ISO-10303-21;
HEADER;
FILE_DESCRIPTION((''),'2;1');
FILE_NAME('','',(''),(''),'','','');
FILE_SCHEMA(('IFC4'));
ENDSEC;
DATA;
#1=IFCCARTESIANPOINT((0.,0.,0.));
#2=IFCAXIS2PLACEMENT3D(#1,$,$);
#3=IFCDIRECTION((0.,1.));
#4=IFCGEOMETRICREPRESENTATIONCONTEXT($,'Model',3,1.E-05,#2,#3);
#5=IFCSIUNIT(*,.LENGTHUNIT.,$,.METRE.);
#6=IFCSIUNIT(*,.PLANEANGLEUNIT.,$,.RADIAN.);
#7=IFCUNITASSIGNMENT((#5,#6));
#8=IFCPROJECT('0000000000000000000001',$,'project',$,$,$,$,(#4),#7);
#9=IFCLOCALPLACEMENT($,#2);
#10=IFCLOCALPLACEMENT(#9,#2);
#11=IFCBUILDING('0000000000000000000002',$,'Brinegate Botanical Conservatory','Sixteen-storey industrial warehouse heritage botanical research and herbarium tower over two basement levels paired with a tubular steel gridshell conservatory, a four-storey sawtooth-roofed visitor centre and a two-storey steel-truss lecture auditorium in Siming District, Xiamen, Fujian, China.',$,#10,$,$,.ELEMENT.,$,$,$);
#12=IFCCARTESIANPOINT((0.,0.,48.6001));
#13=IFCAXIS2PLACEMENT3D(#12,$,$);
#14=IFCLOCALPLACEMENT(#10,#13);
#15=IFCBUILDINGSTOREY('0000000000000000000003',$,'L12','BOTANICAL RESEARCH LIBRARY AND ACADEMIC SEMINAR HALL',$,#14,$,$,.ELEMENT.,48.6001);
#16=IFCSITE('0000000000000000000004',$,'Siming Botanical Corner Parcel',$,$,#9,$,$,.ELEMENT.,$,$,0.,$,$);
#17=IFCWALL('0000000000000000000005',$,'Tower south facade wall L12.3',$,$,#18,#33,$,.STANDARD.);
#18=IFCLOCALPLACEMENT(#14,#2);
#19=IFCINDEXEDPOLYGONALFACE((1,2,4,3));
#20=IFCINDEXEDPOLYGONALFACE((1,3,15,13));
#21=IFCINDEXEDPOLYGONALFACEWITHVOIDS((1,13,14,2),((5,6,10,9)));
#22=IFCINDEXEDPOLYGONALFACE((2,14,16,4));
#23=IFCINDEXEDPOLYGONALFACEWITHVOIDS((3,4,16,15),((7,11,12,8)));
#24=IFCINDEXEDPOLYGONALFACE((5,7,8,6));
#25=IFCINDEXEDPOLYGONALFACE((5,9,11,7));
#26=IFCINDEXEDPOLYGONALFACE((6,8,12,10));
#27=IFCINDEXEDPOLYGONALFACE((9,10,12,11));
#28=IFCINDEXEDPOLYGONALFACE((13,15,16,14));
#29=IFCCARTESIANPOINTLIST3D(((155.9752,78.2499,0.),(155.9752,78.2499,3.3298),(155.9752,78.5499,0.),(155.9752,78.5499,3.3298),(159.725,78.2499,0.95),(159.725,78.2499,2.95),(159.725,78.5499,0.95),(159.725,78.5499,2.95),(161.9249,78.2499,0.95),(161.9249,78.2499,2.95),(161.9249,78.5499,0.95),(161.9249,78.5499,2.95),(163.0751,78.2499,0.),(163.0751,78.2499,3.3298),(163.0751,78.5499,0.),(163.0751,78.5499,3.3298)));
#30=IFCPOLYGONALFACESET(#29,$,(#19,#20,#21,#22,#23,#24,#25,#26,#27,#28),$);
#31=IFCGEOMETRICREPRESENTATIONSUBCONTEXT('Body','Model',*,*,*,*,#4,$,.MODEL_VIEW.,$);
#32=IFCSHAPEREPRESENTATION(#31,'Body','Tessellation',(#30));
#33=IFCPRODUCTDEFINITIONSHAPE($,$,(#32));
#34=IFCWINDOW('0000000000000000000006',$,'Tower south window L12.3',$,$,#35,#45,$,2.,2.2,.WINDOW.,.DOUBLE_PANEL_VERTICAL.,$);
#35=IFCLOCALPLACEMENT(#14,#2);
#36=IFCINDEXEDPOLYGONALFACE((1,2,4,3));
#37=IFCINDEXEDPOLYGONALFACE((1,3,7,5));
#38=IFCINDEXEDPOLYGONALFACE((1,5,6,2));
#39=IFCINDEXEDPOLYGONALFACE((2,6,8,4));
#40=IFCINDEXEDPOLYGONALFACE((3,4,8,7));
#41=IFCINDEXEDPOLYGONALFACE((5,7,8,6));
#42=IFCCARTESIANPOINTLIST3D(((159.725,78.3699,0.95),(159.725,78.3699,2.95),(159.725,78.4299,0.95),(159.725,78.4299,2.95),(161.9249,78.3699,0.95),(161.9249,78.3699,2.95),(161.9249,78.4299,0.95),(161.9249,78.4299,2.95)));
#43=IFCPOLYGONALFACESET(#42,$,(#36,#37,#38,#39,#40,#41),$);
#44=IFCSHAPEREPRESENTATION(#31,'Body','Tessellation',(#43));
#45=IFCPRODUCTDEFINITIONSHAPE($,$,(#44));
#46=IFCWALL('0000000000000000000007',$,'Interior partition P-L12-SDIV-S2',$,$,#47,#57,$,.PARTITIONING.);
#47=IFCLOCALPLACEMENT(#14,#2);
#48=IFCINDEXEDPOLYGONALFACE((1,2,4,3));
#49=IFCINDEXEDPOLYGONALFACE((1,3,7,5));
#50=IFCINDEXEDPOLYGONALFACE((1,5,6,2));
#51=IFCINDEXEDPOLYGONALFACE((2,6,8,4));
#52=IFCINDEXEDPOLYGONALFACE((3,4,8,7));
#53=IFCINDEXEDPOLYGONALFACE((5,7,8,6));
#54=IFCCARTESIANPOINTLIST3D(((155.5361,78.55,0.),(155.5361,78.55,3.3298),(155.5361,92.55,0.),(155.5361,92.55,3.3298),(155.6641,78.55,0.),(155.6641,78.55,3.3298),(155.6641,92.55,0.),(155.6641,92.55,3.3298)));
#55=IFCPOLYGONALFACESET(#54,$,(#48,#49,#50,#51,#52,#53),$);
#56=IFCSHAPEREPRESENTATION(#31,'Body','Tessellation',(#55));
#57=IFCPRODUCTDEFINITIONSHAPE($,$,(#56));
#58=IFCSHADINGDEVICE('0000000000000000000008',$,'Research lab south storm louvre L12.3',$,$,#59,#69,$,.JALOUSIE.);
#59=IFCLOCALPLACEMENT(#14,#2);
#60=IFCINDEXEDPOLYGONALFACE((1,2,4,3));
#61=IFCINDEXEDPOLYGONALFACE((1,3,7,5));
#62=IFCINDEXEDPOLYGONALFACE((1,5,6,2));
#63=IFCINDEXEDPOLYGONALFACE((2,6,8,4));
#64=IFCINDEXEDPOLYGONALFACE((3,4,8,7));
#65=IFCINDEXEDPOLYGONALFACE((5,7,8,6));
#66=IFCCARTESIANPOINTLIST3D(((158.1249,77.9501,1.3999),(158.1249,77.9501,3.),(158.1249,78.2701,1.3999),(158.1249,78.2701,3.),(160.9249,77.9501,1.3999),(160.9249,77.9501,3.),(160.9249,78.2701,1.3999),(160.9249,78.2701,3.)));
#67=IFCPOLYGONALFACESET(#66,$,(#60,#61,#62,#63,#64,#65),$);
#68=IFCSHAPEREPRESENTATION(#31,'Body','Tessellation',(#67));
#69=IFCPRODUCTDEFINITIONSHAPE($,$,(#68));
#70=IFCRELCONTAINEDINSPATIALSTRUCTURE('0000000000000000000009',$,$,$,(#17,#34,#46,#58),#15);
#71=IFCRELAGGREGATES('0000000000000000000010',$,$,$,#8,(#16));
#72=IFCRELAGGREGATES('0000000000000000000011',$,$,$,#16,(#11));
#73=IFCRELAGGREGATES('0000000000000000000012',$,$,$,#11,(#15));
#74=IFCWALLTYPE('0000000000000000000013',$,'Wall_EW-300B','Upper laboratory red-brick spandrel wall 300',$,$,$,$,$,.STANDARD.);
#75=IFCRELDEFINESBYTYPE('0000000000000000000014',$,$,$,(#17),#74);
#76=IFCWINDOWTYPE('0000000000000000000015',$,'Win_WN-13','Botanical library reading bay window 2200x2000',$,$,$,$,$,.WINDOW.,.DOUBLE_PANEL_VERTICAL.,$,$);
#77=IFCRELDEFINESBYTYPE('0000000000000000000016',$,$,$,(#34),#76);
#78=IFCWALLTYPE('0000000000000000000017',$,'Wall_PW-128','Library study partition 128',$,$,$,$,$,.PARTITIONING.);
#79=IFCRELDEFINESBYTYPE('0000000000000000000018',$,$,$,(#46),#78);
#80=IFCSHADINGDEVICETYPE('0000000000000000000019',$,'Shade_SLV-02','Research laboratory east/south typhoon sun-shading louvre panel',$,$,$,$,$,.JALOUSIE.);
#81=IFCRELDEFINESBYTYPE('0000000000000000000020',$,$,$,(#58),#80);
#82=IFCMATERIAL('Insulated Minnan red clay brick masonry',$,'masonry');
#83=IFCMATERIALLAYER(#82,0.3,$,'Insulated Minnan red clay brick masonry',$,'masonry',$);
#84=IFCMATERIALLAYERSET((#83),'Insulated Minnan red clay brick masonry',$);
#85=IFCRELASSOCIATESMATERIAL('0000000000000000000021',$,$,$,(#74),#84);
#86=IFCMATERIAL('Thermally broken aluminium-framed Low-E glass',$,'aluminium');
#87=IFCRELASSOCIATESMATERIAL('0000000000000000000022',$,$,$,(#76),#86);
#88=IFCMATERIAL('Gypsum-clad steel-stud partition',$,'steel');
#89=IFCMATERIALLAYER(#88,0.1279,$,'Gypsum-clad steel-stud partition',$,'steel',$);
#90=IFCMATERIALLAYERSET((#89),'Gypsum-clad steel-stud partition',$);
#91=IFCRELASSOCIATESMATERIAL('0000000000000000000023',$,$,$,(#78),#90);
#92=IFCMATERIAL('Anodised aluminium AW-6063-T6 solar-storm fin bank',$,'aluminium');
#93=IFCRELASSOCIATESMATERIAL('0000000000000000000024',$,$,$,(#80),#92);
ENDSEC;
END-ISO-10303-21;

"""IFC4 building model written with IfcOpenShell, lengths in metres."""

from ifc_helpers import new_model, si_unit, direction, frame, frame_2d, origin, origin_2d, place, context, subcontext, project, spatial, rectangle, extrude, material, layer, layer_set, type_object, element, fill, save


model = new_model("IFC4")

# Units and contexts
model_context = context("Model", 3, precision=1e-05, world=origin(), true_north=direction((0.0, 1.0)))
body_context = subcontext(model_context, "Body", "Model", "MODEL_VIEW")
ifc_project = project(units=[si_unit("LENGTHUNIT", "METRE"), si_unit("PLANEANGLEUNIT", "RADIAN")], contexts=[model_context])

# Site, building, storey
site_placement = place(None, origin())
site = spatial("IfcSite", under=ifc_project, at=site_placement, Name="Siming Botanical Corner Parcel", CompositionType="ELEMENT", RefElevation=0.0)
building_placement = place(site_placement, origin())
building = spatial("IfcBuilding", under=site, at=building_placement, Name="Brinegate Botanical Conservatory", Description="Sixteen-storey industrial warehouse heritage botanical research and herbarium tower over two basement levels paired with a tubular steel gridshell conservatory, a four-storey sawtooth-roofed visitor centre and a two-storey steel-truss lecture auditorium in Siming District, Xiamen, Fujian, China.", CompositionType="ELEMENT")
storey_placement = place(building_placement, frame((0.0, 0.0, 48.6001)))
storey = spatial("IfcBuildingStorey", under=building, at=storey_placement, Name="L12", Description="BOTANICAL RESEARCH LIBRARY AND ACADEMIC SEMINAR HALL", CompositionType="ELEMENT", Elevation=48.6001)

# Wall, opening, window
ifc_material_1 = material(Name="Insulated Minnan red clay brick masonry", Category="masonry")
ifc_layer_1 = layer(ifc_material_1, 0.3, Name="Insulated Minnan red clay brick masonry", Category="masonry")
ifc_layer_set_1 = layer_set([ifc_layer_1], Name="Insulated Minnan red clay brick masonry")
wall_type_1 = type_object("IfcWallType", Name="Wall_EW-300B", Description="Upper laboratory red-brick spandrel wall 300", PredefinedType="STANDARD", material=ifc_layer_set_1)
wall_1_placement = place(storey_placement, frame((163.075, 78.3999, 0.0), z_axis=(0.0, 0.0, 1.0), x_axis=(-1.0, 0.0, 0.0)))
wall_1 = element("IfcWall", 1, at=wall_1_placement, inside=storey, type_object=wall_type_1, Name="Tower south facade wall L12.3", PredefinedType="STANDARD", context=body_context, shape_type="SweptSolid", body=[
    extrude(rectangle(XDim=7.0999, YDim=0.3, at=frame_2d((3.5498, 0.0))), origin(), (0.0, 0.0, 1.0), 3.3298),
])
opening_placement = place(wall_1_placement, frame((1.1499, 0.0, 0.95)))
opening = element("IfcOpeningElement", 2, at=opening_placement, cuts=wall_1, PredefinedType="OPENING", context=body_context, shape_type="SweptSolid", body=[
    extrude(rectangle(XDim=2.2, YDim=2.0, at=frame_2d((1.1001, 1.0))), frame((0.0, 0.1599, 0.0), z_axis=(0.0, -1.0, 0.0), x_axis=(1.0, 0.0, 0.0)), (0.0, 0.0, 1.0), 0.3201),
])
ifc_material_2 = material(Name="Thermally broken aluminium-framed Low-E glass", Category="aluminium")
window_type = type_object("IfcWindowType", Name="Win_WN-13", Description="Botanical library reading bay window 2200x2000", PartitioningType="DOUBLE_PANEL_VERTICAL", PredefinedType="WINDOW", material=ifc_material_2)
window_placement = place(opening_placement, origin())
window = element("IfcWindow", 3, at=window_placement, inside=storey, type_object=window_type, Name="Tower south window L12.3", OverallHeight=2.0, OverallWidth=2.2, PartitioningType="DOUBLE_PANEL_VERTICAL", PredefinedType="WINDOW", context=body_context, shape_type="SweptSolid", body=[
    extrude(rectangle(XDim=2.2, YDim=2.0, at=frame_2d((1.1001, 1.0))), frame((0.0, 0.03, 0.0), z_axis=(0.0, -1.0, 0.0), x_axis=(1.0, 0.0, 0.0)), (0.0, 0.0, 1.0), 0.0601),
])
fill(opening, window)

# Wall
ifc_material_3 = material(Name="Gypsum-clad steel-stud partition", Category="steel")
ifc_layer_2 = layer(ifc_material_3, 0.1279, Name="Gypsum-clad steel-stud partition", Category="steel")
ifc_layer_set_2 = layer_set([ifc_layer_2], Name="Gypsum-clad steel-stud partition")
wall_type_2 = type_object("IfcWallType", Name="Wall_PW-128", Description="Library study partition 128", PredefinedType="PARTITIONING", material=ifc_layer_set_2)
wall_2_placement = place(storey_placement, frame((155.6001, 78.55, 0.0), z_axis=(0.0, 0.0, 1.0), x_axis=(0.0, 1.0, 0.0)))
element("IfcWall", 4, at=wall_2_placement, inside=storey, type_object=wall_type_2, Name="Interior partition P-L12-SDIV-S2", PredefinedType="PARTITIONING", context=body_context, shape_type="SweptSolid", body=[
    extrude(rectangle(XDim=14.0, YDim=0.1279, at=frame_2d((7.0, 0.0))), origin(), (0.0, 0.0, 1.0), 3.3298),
])

# Shading device
ifc_material_4 = material(Name="Anodised aluminium AW-6063-T6 solar-storm fin bank", Category="aluminium")
shading_device_type = type_object("IfcShadingDeviceType", Name="Shade_SLV-02", Description="Research laboratory east/south typhoon sun-shading louvre panel", PredefinedType="JALOUSIE", material=ifc_material_4)
shading_device_placement = place(storey_placement, frame((159.5249, 78.1101, 1.3999), z_axis=(0.0, 0.0, 1.0), x_axis=(1.0, 0.0, 0.0)))
element("IfcShadingDevice", 5, at=shading_device_placement, inside=storey, type_object=shading_device_type, Name="Research lab south storm louvre L12.3", PredefinedType="JALOUSIE", context=body_context, shape_type="SweptSolid", body=[
    extrude(rectangle(XDim=2.8, YDim=0.3201, at=origin_2d()), origin(), (0.0, 0.0, 1.0), 1.6001),
])

save(model, "model.ifc")
